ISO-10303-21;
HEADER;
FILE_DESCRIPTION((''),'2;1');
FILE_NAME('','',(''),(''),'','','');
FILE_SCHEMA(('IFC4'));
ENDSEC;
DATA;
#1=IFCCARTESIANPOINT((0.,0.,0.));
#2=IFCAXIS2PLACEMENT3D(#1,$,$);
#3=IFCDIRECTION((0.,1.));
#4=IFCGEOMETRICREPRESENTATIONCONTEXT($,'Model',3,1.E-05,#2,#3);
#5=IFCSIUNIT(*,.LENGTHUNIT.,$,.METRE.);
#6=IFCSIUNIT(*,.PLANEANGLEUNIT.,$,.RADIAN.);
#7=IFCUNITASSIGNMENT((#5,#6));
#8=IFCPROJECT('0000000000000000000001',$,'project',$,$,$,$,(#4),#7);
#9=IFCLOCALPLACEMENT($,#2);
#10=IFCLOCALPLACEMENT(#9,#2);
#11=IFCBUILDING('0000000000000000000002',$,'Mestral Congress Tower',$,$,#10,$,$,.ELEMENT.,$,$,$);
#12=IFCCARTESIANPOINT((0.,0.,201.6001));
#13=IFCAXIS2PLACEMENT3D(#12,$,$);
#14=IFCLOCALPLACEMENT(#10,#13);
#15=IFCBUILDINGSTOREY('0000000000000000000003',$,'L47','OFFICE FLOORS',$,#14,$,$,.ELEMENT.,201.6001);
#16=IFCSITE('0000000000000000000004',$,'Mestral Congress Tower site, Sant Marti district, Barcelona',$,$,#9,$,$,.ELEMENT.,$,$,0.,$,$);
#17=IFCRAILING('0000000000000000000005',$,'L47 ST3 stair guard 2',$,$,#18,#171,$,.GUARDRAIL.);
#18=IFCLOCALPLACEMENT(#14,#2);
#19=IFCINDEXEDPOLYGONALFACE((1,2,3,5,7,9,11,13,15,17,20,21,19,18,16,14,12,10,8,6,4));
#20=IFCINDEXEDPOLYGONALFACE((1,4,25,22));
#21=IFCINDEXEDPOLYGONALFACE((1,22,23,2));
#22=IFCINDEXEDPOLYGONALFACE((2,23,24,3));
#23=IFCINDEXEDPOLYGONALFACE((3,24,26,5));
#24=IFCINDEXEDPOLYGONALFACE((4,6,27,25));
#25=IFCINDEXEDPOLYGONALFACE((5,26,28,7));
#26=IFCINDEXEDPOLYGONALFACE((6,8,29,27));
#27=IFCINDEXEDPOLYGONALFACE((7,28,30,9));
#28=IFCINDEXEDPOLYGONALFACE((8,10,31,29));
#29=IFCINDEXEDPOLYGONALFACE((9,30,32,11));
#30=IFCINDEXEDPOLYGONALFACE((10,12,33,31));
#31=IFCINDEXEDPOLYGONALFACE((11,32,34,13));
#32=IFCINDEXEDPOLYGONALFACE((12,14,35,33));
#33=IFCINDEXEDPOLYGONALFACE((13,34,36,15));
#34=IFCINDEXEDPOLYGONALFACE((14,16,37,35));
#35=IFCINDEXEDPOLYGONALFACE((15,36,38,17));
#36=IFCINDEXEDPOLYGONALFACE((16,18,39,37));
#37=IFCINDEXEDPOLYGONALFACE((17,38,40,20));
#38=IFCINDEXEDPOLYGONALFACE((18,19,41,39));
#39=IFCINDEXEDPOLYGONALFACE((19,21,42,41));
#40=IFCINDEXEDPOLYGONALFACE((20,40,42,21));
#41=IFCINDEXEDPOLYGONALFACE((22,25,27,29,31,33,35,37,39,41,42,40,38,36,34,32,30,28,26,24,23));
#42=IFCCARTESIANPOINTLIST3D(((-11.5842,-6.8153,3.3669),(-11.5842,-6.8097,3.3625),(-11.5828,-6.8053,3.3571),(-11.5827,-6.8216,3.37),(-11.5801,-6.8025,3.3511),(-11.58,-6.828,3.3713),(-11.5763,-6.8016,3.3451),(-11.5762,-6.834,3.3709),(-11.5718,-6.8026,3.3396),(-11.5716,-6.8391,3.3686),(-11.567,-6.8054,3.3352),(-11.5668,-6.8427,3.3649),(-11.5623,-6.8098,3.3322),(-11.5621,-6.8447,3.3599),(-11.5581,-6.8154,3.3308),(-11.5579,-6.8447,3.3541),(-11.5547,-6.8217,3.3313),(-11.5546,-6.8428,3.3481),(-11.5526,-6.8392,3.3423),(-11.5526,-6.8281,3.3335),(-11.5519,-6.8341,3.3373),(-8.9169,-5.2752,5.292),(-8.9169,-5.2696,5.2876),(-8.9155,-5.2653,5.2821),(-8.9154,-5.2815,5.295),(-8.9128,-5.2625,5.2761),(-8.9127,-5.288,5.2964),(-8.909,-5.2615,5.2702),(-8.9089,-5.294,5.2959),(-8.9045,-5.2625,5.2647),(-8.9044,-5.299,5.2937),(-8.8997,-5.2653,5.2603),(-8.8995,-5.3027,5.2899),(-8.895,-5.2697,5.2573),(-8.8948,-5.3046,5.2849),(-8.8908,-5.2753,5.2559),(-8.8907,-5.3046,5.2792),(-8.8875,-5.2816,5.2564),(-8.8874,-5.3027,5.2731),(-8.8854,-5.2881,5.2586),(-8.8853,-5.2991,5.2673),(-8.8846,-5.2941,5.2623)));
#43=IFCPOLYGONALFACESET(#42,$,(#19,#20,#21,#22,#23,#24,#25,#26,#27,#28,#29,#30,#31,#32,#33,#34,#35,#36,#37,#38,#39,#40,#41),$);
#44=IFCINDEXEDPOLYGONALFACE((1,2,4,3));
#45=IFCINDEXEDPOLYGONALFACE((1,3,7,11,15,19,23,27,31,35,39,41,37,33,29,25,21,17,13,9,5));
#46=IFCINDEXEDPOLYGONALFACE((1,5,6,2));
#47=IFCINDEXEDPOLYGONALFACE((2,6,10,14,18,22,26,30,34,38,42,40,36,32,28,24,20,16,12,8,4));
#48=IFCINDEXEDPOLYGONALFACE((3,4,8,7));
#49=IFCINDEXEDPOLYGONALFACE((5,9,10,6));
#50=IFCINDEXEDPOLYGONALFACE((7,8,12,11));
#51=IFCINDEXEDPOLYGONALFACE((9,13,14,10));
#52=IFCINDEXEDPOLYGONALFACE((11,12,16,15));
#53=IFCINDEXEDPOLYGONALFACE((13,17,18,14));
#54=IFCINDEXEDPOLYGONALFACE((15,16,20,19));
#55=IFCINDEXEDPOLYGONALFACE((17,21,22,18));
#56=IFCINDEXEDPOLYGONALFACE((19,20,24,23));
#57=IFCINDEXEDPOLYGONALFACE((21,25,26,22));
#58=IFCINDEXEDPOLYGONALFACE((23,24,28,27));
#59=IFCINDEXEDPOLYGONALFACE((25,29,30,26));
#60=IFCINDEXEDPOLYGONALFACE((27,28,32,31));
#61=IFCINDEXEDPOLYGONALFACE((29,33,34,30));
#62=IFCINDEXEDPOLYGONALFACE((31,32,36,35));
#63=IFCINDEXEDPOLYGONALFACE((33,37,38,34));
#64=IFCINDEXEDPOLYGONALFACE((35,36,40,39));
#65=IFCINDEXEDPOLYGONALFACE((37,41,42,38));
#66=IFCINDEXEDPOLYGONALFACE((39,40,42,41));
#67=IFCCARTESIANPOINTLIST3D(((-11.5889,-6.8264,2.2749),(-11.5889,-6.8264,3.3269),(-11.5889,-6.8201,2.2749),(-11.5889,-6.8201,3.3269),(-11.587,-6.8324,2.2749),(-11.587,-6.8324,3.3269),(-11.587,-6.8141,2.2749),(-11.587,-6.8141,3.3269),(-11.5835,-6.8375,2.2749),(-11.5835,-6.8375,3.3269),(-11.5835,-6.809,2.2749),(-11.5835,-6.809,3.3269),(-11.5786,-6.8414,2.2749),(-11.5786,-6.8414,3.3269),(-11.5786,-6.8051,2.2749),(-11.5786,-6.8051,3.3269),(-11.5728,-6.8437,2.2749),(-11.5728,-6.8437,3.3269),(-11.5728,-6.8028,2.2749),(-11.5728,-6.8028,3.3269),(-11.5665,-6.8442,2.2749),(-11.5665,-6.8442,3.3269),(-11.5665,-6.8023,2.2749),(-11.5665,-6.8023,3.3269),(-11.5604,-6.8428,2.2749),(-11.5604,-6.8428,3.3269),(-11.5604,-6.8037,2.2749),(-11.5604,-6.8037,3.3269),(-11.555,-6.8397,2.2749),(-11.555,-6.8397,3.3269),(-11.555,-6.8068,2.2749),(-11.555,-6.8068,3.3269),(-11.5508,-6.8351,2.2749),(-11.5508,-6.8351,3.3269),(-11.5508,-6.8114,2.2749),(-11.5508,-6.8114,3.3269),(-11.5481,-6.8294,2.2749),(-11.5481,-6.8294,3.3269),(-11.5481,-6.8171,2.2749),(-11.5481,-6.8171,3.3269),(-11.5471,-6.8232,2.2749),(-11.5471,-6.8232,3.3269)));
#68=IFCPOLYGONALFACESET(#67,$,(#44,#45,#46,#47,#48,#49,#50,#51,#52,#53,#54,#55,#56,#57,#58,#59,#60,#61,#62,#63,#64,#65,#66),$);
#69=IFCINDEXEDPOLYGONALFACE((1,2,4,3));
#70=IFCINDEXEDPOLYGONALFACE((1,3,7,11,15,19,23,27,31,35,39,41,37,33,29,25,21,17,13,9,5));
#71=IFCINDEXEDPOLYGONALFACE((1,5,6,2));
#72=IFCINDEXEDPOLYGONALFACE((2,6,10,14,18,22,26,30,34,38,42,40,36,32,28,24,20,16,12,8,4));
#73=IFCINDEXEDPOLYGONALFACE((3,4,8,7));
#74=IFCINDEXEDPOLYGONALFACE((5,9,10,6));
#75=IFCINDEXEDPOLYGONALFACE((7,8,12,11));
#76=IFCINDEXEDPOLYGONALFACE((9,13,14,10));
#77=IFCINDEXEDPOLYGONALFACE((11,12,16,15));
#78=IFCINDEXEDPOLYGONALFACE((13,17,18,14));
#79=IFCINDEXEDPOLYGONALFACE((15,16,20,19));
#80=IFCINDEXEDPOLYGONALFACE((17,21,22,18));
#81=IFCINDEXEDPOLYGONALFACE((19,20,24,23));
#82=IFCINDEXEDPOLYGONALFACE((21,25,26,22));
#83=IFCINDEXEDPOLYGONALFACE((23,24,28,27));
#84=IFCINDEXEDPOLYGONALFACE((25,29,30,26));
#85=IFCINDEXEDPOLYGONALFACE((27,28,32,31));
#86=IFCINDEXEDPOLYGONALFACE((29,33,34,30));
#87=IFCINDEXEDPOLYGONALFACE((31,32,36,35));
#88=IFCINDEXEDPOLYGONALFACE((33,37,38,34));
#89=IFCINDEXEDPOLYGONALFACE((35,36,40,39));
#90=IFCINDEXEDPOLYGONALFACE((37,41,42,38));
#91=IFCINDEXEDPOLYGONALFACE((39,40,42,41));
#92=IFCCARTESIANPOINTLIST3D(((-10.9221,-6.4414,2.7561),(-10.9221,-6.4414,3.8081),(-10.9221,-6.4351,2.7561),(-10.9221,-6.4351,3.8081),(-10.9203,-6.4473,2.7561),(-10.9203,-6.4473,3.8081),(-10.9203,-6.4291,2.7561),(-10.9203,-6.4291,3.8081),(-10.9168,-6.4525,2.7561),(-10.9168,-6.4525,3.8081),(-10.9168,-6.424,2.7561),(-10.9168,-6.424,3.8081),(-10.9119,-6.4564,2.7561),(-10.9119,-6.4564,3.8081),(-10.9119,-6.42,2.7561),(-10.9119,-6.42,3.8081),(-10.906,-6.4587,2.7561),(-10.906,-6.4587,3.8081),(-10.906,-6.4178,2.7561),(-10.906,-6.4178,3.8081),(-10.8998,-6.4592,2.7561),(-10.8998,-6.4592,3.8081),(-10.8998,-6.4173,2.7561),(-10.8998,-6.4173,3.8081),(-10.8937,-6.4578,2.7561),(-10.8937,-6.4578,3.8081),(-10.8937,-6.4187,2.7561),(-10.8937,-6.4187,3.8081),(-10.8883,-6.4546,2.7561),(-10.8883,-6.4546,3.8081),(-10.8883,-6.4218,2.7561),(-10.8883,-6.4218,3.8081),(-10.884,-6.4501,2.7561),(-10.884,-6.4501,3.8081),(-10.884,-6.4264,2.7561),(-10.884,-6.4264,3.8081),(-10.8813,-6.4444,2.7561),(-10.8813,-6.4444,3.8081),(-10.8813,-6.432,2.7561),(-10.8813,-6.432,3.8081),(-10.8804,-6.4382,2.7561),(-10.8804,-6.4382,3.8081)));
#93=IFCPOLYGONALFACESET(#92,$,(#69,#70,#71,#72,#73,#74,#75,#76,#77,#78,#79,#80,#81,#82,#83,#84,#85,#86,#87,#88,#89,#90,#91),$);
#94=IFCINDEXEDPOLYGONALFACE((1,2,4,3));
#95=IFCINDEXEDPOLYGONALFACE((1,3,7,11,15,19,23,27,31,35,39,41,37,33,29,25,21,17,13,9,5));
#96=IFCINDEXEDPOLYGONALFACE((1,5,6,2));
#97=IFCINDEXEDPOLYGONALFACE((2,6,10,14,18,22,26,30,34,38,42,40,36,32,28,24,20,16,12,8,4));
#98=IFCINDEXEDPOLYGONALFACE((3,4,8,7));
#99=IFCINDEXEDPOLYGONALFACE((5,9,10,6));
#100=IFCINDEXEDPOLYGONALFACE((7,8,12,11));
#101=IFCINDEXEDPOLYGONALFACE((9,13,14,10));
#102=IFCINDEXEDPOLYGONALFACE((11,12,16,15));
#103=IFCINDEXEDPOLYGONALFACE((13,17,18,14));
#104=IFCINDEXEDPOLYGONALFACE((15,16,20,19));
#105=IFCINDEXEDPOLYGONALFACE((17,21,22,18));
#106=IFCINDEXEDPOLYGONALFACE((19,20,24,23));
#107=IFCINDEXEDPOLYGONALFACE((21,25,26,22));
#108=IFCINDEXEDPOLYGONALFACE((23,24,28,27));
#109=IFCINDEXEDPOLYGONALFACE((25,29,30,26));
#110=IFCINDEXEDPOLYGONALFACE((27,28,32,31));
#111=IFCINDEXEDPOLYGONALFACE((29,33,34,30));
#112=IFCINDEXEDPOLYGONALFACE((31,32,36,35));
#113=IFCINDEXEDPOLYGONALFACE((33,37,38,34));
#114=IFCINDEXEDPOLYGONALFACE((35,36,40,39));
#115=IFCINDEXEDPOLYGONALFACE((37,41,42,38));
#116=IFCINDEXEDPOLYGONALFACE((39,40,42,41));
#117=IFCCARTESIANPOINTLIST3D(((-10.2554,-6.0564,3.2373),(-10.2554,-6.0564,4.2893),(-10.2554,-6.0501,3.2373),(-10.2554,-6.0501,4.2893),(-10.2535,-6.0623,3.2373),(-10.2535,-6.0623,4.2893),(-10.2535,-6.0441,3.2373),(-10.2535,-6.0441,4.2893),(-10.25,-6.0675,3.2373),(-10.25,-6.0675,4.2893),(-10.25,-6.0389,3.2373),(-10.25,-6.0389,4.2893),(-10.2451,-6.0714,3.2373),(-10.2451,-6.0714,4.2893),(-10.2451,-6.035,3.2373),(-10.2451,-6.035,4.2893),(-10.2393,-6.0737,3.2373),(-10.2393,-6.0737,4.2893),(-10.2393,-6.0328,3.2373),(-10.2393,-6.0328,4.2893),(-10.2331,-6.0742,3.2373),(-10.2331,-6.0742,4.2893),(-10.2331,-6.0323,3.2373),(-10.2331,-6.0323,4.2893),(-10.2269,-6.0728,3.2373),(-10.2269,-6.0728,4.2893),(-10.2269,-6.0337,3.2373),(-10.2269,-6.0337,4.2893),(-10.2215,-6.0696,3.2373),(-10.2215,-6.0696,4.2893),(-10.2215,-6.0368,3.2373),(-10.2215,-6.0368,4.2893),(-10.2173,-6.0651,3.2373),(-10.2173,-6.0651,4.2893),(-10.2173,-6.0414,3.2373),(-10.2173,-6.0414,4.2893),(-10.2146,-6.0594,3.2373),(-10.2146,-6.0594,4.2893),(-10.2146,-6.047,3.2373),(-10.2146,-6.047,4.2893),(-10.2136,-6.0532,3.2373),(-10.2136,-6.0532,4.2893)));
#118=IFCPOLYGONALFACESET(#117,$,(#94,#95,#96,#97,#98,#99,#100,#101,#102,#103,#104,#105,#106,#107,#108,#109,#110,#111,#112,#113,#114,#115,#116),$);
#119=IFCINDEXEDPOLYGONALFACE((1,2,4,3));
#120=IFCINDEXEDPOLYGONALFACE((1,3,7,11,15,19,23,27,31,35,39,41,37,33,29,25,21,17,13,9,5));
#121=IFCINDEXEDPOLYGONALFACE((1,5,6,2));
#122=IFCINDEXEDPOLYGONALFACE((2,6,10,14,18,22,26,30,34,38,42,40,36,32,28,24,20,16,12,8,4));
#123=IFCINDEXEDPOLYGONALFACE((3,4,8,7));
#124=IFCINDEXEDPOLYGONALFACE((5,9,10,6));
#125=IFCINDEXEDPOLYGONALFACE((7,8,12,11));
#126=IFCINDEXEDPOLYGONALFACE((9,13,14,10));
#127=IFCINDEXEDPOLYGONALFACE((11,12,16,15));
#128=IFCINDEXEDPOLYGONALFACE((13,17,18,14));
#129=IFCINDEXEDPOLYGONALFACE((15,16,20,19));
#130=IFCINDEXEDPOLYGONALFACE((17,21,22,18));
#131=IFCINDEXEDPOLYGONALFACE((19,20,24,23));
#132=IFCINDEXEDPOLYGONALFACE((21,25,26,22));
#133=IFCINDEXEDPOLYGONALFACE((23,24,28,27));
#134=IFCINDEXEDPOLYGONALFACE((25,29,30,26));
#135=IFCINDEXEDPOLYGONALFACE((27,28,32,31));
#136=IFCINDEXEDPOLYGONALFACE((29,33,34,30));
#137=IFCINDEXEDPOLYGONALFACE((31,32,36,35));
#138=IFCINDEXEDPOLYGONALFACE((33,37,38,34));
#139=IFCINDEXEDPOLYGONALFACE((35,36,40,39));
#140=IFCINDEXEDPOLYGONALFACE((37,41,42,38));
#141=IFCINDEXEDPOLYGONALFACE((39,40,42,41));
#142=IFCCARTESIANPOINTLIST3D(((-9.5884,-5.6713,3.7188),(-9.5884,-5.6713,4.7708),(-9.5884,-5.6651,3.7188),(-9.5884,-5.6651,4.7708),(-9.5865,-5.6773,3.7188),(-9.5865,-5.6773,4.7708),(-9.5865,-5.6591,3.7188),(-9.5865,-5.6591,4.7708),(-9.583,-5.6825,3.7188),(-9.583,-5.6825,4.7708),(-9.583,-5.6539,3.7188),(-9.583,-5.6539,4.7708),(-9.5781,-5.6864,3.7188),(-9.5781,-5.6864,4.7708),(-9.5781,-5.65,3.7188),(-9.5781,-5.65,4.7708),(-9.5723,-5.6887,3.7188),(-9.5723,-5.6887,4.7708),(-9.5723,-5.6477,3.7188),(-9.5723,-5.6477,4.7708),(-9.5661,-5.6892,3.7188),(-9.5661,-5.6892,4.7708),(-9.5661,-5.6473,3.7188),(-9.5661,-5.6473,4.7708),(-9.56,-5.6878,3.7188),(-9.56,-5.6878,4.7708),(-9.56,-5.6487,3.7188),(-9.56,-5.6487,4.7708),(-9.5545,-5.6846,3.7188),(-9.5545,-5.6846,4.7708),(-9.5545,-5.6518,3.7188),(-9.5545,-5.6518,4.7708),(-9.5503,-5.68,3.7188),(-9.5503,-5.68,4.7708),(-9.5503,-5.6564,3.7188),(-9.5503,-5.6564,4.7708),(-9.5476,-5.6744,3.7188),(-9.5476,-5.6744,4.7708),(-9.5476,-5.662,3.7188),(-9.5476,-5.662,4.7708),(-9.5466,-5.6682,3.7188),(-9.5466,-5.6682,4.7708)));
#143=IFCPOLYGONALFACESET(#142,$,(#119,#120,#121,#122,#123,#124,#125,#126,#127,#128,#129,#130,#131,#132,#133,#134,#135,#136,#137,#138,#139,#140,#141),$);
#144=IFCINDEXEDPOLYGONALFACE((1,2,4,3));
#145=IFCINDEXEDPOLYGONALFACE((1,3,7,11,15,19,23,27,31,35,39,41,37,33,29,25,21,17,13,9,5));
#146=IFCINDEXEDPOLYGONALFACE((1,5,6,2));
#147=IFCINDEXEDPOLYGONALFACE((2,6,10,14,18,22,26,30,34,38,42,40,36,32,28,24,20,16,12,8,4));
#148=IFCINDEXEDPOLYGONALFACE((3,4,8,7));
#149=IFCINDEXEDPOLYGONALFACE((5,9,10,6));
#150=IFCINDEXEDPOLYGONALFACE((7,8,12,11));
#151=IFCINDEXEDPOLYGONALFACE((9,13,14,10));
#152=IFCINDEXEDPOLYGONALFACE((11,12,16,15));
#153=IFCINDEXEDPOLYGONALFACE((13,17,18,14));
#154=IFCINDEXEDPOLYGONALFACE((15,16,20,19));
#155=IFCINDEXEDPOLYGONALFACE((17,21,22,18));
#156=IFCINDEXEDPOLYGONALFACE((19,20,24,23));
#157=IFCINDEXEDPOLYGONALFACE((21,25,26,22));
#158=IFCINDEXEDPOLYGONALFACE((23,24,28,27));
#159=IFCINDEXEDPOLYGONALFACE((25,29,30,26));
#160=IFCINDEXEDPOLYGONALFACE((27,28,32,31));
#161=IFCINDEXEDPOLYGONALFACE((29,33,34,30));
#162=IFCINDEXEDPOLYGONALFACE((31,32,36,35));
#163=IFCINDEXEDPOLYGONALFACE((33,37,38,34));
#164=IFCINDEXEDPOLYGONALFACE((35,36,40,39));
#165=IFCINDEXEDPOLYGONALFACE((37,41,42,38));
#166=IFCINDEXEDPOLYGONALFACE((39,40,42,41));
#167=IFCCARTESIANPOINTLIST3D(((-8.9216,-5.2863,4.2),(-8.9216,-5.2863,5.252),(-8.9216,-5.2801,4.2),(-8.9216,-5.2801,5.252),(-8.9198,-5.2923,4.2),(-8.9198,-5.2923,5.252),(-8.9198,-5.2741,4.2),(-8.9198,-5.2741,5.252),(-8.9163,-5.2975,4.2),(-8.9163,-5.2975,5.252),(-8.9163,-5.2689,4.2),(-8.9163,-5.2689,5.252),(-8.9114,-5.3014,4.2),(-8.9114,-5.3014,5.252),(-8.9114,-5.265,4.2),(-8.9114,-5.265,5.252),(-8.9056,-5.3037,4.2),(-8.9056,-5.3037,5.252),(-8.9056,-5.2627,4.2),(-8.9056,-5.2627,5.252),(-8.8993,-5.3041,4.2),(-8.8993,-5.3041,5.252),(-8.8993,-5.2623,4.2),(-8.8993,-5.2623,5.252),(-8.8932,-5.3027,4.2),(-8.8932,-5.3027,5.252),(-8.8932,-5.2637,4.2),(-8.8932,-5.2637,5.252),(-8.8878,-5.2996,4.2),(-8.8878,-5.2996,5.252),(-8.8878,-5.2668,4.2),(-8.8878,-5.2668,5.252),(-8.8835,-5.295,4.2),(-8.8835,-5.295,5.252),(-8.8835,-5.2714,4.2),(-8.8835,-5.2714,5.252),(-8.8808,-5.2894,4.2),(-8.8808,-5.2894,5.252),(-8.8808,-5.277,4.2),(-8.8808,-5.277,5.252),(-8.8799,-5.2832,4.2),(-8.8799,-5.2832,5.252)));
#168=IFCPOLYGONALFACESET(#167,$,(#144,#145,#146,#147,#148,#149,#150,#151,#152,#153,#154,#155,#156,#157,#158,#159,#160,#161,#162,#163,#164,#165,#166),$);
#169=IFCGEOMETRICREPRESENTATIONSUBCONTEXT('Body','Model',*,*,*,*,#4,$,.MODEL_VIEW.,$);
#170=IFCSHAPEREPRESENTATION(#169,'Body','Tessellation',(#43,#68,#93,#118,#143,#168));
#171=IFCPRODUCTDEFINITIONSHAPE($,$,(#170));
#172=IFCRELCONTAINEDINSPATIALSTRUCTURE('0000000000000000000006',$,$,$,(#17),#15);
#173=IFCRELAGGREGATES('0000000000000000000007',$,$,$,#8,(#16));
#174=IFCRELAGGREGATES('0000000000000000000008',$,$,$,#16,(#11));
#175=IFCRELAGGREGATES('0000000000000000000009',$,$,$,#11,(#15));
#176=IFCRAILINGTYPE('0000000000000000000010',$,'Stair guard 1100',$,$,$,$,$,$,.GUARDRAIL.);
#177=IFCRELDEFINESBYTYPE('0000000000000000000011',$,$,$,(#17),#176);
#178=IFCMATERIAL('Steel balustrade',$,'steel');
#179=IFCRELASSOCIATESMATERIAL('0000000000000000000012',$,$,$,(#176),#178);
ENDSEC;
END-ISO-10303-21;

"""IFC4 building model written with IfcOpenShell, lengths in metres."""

from ifc_helpers import new_model, si_unit, direction, frame, origin, origin_2d, place, context, subcontext, project, spatial, circle, extrude, material, type_object, element, save


model = new_model("IFC4")

# Units and contexts
model_context = context("Model", 3, precision=1e-05, world=origin(), true_north=direction((0.0, 1.0)))
body_context = subcontext(model_context, "Body", "Model", "MODEL_VIEW")
ifc_project = project(units=[si_unit("LENGTHUNIT", "METRE"), si_unit("PLANEANGLEUNIT", "RADIAN")], contexts=[model_context])

# Site, building, storey
site_placement = place(None, origin())
site = spatial("IfcSite", under=ifc_project, at=site_placement, Name="Mestral Congress Tower site, Sant Marti district, Barcelona", CompositionType="ELEMENT", RefElevation=0.0)
building_placement = place(site_placement, origin())
building = spatial("IfcBuilding", under=site, at=building_placement, Name="Mestral Congress Tower", CompositionType="ELEMENT")
storey_placement = place(building_placement, frame((0.0, 0.0, 201.6001)))
storey = spatial("IfcBuildingStorey", under=building, at=storey_placement, Name="L47", Description="OFFICE FLOORS", CompositionType="ELEMENT", Elevation=201.6001)

# Railing
ifc_material_1 = material(Name="Steel balustrade", Category="steel")
railing_type_1 = type_object("IfcRailingType", Name="Stair guard 1100", PredefinedType="GUARDRAIL", material=ifc_material_1)
railing_1_placement = place(storey_placement, frame((-11.5681, -6.8232, 2.2749)))
element("IfcRailing", 1, at=railing_1_placement, inside=storey, type_object=railing_type_1, Name="L47 ST3 stair guard 2", PredefinedType="GUARDRAIL", context=body_context, shape_type="SweptSolid", body=[
    extrude(circle(Radius=0.0239, at=origin_2d()), frame((0.0, 0.0, 1.0762), z_axis=(0.734364, 0.424015, 0.530019), x_axis=(-0.500027, 0.86601, 0.0)), (0.0, 0.0, 1.0), 3.6321),
    extrude(circle(Radius=0.021, at=origin_2d()), origin(), (0.0, 0.0, 1.0), 1.052),
    extrude(circle(Radius=0.021, at=origin_2d()), frame((0.6667, 0.385, 0.4812)), (0.0, 0.0, 1.0), 1.052),
    extrude(circle(Radius=0.021, at=origin_2d()), frame((1.3335, 0.77, 0.9624)), (0.0, 0.0, 1.0), 1.052),
    extrude(circle(Radius=0.021, at=origin_2d()), frame((2.0005, 1.155, 1.4438)), (0.0, 0.0, 1.0), 1.052),
    extrude(circle(Radius=0.021, at=origin_2d()), frame((2.6672, 1.54, 1.925)), (0.0, 0.0, 1.0), 1.052),
])

save(model, "model.ifc")
